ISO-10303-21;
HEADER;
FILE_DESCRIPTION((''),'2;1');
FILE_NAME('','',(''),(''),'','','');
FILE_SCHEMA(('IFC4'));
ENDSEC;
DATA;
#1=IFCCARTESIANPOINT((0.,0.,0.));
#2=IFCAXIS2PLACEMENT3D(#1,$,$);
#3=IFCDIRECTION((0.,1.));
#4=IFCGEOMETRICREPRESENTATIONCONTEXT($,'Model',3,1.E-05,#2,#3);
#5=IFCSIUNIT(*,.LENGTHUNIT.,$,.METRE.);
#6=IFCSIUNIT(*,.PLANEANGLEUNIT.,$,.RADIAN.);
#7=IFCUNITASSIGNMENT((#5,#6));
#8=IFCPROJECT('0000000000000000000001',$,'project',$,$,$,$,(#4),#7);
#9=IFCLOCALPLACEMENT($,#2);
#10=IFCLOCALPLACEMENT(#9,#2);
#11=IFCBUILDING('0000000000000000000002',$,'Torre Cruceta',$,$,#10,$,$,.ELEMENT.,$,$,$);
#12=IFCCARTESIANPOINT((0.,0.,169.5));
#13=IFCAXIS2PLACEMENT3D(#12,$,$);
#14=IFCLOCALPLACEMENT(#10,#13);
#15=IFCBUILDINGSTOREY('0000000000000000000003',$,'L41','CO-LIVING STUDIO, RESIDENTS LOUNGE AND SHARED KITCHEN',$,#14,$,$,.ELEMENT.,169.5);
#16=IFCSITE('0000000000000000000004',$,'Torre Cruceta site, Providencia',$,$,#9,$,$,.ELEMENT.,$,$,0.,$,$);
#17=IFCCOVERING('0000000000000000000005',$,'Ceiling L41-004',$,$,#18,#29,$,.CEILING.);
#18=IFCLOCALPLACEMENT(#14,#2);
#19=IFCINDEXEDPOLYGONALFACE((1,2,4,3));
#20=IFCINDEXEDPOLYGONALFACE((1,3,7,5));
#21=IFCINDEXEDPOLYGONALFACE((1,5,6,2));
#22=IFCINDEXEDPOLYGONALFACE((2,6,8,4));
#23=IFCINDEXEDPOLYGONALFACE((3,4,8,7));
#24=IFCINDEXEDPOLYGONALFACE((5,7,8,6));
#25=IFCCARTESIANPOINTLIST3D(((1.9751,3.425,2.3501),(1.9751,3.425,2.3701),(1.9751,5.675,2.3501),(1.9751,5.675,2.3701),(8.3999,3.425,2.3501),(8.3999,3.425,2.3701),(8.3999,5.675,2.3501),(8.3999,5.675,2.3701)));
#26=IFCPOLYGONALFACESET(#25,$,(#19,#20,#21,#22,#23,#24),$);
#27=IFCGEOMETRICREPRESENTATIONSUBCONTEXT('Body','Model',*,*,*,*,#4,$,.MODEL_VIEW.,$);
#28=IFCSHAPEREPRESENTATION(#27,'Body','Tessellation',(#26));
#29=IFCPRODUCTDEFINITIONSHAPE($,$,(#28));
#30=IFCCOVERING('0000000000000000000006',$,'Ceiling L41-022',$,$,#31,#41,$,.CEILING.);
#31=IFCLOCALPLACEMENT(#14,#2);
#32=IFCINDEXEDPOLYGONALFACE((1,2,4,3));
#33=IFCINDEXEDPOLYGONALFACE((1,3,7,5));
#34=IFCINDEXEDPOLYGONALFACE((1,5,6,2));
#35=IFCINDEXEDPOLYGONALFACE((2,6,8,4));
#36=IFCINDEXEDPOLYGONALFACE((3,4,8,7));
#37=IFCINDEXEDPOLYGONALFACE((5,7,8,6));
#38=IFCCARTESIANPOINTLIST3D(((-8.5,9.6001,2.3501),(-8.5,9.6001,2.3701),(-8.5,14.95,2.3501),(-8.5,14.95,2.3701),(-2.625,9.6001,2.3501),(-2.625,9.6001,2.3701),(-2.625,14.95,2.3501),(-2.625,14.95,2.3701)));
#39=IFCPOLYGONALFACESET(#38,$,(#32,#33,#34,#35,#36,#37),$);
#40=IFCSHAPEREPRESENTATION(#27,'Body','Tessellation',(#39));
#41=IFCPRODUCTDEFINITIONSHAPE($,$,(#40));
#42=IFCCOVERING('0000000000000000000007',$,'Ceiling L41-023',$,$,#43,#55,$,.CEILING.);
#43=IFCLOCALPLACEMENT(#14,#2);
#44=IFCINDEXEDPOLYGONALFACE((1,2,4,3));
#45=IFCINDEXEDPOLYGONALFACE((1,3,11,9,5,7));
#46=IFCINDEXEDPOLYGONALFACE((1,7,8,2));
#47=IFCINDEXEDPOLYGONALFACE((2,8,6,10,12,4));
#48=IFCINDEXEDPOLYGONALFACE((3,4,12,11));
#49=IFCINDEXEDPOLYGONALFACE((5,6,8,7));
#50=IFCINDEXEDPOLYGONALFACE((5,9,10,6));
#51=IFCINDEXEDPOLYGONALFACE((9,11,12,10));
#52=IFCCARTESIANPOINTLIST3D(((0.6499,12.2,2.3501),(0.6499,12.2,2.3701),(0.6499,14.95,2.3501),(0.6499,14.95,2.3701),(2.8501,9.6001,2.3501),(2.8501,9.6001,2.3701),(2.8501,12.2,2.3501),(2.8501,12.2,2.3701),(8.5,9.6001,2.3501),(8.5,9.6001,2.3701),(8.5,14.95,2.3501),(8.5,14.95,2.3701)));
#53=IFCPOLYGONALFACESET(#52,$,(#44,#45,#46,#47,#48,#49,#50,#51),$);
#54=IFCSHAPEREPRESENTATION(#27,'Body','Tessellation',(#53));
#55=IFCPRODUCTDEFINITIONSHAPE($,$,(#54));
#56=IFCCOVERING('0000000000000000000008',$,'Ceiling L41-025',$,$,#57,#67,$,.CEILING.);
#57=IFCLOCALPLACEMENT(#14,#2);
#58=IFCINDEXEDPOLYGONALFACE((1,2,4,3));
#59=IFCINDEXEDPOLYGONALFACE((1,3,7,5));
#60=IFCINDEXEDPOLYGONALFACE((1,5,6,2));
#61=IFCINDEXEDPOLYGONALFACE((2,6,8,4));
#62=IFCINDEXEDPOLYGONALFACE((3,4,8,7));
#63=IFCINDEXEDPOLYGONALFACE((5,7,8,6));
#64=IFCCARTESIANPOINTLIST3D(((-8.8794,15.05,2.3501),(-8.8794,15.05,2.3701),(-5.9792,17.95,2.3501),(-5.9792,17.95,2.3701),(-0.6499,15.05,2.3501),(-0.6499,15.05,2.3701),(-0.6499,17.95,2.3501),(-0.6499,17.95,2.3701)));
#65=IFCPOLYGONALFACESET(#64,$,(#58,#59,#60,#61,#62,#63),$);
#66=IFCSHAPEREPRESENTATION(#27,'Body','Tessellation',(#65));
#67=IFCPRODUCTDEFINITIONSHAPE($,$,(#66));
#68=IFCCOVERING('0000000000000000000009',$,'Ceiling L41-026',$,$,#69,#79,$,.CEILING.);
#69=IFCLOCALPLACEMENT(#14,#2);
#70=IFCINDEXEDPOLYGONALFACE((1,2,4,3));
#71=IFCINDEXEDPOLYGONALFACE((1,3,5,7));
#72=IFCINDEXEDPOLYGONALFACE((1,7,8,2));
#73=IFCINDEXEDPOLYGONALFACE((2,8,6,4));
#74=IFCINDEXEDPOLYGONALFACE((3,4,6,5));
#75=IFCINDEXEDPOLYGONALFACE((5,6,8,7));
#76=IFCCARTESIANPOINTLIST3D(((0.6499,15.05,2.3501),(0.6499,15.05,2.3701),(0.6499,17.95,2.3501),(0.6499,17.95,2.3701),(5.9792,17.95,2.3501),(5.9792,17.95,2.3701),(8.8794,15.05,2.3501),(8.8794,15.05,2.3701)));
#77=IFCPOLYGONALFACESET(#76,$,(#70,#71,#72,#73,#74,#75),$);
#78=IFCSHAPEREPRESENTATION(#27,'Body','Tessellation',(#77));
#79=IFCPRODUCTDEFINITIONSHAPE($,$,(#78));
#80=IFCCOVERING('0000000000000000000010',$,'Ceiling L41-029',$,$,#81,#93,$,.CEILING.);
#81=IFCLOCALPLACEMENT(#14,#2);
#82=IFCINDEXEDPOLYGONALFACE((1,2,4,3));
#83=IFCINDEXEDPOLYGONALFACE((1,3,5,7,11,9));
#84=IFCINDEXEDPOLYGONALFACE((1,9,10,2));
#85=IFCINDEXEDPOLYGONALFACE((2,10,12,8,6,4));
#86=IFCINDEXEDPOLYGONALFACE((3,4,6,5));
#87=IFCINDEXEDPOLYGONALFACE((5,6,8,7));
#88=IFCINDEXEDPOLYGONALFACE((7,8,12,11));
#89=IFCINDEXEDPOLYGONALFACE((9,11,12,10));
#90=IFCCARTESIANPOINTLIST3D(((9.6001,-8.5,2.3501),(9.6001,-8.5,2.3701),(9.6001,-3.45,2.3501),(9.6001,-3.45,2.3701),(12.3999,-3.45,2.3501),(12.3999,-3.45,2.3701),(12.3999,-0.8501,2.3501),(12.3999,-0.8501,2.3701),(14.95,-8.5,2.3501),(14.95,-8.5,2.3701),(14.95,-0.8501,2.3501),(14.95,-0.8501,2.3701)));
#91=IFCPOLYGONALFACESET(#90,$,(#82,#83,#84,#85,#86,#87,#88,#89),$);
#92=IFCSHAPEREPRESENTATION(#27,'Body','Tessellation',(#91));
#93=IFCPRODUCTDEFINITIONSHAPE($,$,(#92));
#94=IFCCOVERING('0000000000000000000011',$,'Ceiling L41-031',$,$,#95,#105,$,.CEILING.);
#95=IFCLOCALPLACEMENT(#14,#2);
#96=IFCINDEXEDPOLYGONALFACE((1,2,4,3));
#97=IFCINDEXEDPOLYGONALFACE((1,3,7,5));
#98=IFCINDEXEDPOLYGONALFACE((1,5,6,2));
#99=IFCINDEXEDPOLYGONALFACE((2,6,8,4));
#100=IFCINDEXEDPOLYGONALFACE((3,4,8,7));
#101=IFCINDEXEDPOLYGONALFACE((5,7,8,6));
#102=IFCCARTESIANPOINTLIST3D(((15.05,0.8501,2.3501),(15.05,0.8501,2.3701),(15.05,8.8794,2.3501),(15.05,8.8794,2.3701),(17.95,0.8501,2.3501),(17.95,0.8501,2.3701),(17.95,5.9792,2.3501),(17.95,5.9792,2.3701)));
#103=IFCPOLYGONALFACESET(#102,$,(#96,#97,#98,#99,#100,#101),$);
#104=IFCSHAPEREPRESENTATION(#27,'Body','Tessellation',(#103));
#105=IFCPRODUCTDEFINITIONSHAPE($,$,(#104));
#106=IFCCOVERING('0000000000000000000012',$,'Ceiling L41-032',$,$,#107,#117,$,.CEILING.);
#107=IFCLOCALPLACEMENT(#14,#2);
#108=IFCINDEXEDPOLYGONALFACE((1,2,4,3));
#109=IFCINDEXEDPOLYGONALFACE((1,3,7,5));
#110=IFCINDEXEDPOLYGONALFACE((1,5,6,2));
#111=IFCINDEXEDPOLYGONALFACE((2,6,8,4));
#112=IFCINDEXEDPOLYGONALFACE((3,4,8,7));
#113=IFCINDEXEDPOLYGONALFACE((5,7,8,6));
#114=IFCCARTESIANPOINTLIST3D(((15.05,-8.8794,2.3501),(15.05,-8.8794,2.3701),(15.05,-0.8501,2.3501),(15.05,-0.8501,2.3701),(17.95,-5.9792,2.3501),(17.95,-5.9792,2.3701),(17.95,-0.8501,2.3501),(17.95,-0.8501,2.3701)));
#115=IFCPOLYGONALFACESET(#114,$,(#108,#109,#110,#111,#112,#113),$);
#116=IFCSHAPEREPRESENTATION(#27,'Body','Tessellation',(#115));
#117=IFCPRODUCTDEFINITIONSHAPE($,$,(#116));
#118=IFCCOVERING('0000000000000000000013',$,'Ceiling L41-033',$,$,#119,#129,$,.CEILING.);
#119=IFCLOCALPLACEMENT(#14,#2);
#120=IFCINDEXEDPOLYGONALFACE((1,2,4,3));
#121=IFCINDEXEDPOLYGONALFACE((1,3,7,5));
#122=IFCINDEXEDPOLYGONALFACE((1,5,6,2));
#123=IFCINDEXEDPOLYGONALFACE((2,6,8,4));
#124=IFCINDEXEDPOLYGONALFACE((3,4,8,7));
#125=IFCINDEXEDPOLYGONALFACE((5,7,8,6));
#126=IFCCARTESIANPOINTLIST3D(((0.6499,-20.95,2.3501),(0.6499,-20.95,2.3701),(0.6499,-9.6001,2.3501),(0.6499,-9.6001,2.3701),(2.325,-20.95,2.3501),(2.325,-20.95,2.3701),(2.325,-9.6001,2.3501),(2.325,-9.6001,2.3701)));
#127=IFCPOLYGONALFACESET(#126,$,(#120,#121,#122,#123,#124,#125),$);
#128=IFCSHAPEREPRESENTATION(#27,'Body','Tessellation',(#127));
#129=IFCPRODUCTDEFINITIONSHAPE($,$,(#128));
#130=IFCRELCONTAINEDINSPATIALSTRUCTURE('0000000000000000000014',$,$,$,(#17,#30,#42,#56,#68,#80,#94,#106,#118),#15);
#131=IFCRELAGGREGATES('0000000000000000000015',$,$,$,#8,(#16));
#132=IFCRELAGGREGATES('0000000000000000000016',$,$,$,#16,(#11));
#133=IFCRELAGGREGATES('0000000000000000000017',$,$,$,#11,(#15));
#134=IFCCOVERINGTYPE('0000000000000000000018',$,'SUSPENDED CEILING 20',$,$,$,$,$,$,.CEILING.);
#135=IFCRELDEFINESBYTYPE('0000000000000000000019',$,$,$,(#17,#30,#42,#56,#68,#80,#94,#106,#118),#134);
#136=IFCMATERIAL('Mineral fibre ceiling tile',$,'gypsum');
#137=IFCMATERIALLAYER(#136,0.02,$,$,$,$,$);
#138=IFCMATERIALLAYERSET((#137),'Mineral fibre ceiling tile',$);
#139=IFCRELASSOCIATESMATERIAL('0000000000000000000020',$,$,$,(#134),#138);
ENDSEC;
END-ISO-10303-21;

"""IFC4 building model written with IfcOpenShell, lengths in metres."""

from ifc_helpers import new_model, si_unit, direction, frame, origin, place, context, subcontext, project, spatial, polyline, outline, extrude, material, layer, layer_set, type_object, element, save


model = new_model("IFC4")

# Units and contexts
model_context = context("Model", 3, precision=1e-05, world=origin(), true_north=direction((0.0, 1.0)))
body_context = subcontext(model_context, "Body", "Model", "MODEL_VIEW")
ifc_project = project(units=[si_unit("LENGTHUNIT", "METRE"), si_unit("PLANEANGLEUNIT", "RADIAN")], contexts=[model_context])

# Site, building, storey
site_placement = place(None, origin())
site = spatial("IfcSite", under=ifc_project, at=site_placement, Name="Torre Cruceta site, Providencia", CompositionType="ELEMENT", RefElevation=0.0)
building_placement = place(site_placement, origin())
building = spatial("IfcBuilding", under=site, at=building_placement, Name="Torre Cruceta", CompositionType="ELEMENT")
storey_placement = place(building_placement, frame((0.0, 0.0, 169.5)))
storey = spatial("IfcBuildingStorey", under=building, at=storey_placement, Name="L41", Description="CO-LIVING STUDIO, RESIDENTS LOUNGE AND SHARED KITCHEN", CompositionType="ELEMENT", Elevation=169.5)

# Coverings
ifc_material_1 = material(Name="Mineral fibre ceiling tile", Category="gypsum")
ifc_layer_1 = layer(ifc_material_1, 0.02)
ifc_layer_set_1 = layer_set([ifc_layer_1], Name="Mineral fibre ceiling tile")
covering_type_1 = type_object("IfcCoveringType", Name="SUSPENDED CEILING 20", PredefinedType="CEILING", material=ifc_layer_set_1)
covering_1_placement = place(storey_placement, frame((0.0, 0.0, 2.3501)))
element("IfcCovering", 1, at=covering_1_placement, inside=storey, type_object=covering_type_1, Name="Ceiling L41-004", PredefinedType="CEILING", context=body_context, shape_type="SweptSolid", body=[
    extrude(outline(polyline([(1.9751, 3.425), (1.9751, 5.675), (8.3999, 5.675), (8.3999, 3.425), (1.9751, 3.425)])), origin(), (0.0, 0.0, 1.0), 0.02),
])
covering_2_placement = place(storey_placement, frame((0.0, 0.0, 2.3501)))
element("IfcCovering", 2, at=covering_2_placement, inside=storey, type_object=covering_type_1, Name="Ceiling L41-022", PredefinedType="CEILING", context=body_context, shape_type="SweptSolid", body=[
    extrude(outline(polyline([(-2.625, 9.6001), (-8.5, 9.6001), (-8.5, 14.95), (-2.625, 14.95), (-2.625, 9.6001)])), origin(), (0.0, 0.0, 1.0), 0.02),
])
covering_3_placement = place(storey_placement, frame((0.0, 0.0, 2.3501)))
element("IfcCovering", 3, at=covering_3_placement, inside=storey, type_object=covering_type_1, Name="Ceiling L41-023", PredefinedType="CEILING", context=body_context, shape_type="SweptSolid", body=[
    extrude(outline(polyline([(0.6499, 14.95), (8.5, 14.95), (8.5, 9.6001), (2.8501, 9.6001), (2.8501, 12.2), (0.6499, 12.2), (0.6499, 14.95)])), origin(), (0.0, 0.0, 1.0), 0.02),
])
covering_4_placement = place(storey_placement, frame((0.0, 0.0, 2.3501)))
element("IfcCovering", 4, at=covering_4_placement, inside=storey, type_object=covering_type_1, Name="Ceiling L41-025", PredefinedType="CEILING", context=body_context, shape_type="SweptSolid", body=[
    extrude(outline(polyline([(-5.9792, 17.95), (-0.6499, 17.95), (-0.6499, 15.05), (-8.8794, 15.05), (-5.9792, 17.95)])), origin(), (0.0, 0.0, 1.0), 0.02),
])
covering_5_placement = place(storey_placement, frame((0.0, 0.0, 2.3501)))
element("IfcCovering", 5, at=covering_5_placement, inside=storey, type_object=covering_type_1, Name="Ceiling L41-026", PredefinedType="CEILING", context=body_context, shape_type="SweptSolid", body=[
    extrude(outline(polyline([(8.8794, 15.05), (0.6499, 15.05), (0.6499, 17.95), (5.9792, 17.95), (8.8794, 15.05)])), origin(), (0.0, 0.0, 1.0), 0.02),
])
covering_6_placement = place(storey_placement, frame((0.0, 0.0, 2.3501)))
element("IfcCovering", 6, at=covering_6_placement, inside=storey, type_object=covering_type_1, Name="Ceiling L41-029", PredefinedType="CEILING", context=body_context, shape_type="SweptSolid", body=[
    extrude(outline(polyline([(14.95, -0.8501), (14.95, -8.5), (9.6001, -8.5), (9.6001, -3.45), (12.3999, -3.45), (12.3999, -0.8501), (14.95, -0.8501)])), origin(), (0.0, 0.0, 1.0), 0.02),
])
covering_7_placement = place(storey_placement, frame((0.0, 0.0, 2.3501)))
element("IfcCovering", 7, at=covering_7_placement, inside=storey, type_object=covering_type_1, Name="Ceiling L41-031", PredefinedType="CEILING", context=body_context, shape_type="SweptSolid", body=[
    extrude(outline(polyline([(17.95, 5.9792), (17.95, 0.8501), (15.05, 0.8501), (15.05, 8.8794), (17.95, 5.9792)])), origin(), (0.0, 0.0, 1.0), 0.02),
])
covering_8_placement = place(storey_placement, frame((0.0, 0.0, 2.3501)))
element("IfcCovering", 8, at=covering_8_placement, inside=storey, type_object=covering_type_1, Name="Ceiling L41-032", PredefinedType="CEILING", context=body_context, shape_type="SweptSolid", body=[
    extrude(outline(polyline([(15.05, -8.8794), (15.05, -0.8501), (17.95, -0.8501), (17.95, -5.9792), (15.05, -8.8794)])), origin(), (0.0, 0.0, 1.0), 0.02),
])
covering_9_placement = place(storey_placement, frame((0.0, 0.0, 2.3501)))
element("IfcCovering", 9, at=covering_9_placement, inside=storey, type_object=covering_type_1, Name="Ceiling L41-033", PredefinedType="CEILING", context=body_context, shape_type="SweptSolid", body=[
    extrude(outline(polyline([(0.6499, -9.6001), (2.325, -9.6001), (2.325, -20.95), (0.6499, -20.95), (0.6499, -9.6001)])), origin(), (0.0, 0.0, 1.0), 0.02),
])

save(model, "model.ifc")
